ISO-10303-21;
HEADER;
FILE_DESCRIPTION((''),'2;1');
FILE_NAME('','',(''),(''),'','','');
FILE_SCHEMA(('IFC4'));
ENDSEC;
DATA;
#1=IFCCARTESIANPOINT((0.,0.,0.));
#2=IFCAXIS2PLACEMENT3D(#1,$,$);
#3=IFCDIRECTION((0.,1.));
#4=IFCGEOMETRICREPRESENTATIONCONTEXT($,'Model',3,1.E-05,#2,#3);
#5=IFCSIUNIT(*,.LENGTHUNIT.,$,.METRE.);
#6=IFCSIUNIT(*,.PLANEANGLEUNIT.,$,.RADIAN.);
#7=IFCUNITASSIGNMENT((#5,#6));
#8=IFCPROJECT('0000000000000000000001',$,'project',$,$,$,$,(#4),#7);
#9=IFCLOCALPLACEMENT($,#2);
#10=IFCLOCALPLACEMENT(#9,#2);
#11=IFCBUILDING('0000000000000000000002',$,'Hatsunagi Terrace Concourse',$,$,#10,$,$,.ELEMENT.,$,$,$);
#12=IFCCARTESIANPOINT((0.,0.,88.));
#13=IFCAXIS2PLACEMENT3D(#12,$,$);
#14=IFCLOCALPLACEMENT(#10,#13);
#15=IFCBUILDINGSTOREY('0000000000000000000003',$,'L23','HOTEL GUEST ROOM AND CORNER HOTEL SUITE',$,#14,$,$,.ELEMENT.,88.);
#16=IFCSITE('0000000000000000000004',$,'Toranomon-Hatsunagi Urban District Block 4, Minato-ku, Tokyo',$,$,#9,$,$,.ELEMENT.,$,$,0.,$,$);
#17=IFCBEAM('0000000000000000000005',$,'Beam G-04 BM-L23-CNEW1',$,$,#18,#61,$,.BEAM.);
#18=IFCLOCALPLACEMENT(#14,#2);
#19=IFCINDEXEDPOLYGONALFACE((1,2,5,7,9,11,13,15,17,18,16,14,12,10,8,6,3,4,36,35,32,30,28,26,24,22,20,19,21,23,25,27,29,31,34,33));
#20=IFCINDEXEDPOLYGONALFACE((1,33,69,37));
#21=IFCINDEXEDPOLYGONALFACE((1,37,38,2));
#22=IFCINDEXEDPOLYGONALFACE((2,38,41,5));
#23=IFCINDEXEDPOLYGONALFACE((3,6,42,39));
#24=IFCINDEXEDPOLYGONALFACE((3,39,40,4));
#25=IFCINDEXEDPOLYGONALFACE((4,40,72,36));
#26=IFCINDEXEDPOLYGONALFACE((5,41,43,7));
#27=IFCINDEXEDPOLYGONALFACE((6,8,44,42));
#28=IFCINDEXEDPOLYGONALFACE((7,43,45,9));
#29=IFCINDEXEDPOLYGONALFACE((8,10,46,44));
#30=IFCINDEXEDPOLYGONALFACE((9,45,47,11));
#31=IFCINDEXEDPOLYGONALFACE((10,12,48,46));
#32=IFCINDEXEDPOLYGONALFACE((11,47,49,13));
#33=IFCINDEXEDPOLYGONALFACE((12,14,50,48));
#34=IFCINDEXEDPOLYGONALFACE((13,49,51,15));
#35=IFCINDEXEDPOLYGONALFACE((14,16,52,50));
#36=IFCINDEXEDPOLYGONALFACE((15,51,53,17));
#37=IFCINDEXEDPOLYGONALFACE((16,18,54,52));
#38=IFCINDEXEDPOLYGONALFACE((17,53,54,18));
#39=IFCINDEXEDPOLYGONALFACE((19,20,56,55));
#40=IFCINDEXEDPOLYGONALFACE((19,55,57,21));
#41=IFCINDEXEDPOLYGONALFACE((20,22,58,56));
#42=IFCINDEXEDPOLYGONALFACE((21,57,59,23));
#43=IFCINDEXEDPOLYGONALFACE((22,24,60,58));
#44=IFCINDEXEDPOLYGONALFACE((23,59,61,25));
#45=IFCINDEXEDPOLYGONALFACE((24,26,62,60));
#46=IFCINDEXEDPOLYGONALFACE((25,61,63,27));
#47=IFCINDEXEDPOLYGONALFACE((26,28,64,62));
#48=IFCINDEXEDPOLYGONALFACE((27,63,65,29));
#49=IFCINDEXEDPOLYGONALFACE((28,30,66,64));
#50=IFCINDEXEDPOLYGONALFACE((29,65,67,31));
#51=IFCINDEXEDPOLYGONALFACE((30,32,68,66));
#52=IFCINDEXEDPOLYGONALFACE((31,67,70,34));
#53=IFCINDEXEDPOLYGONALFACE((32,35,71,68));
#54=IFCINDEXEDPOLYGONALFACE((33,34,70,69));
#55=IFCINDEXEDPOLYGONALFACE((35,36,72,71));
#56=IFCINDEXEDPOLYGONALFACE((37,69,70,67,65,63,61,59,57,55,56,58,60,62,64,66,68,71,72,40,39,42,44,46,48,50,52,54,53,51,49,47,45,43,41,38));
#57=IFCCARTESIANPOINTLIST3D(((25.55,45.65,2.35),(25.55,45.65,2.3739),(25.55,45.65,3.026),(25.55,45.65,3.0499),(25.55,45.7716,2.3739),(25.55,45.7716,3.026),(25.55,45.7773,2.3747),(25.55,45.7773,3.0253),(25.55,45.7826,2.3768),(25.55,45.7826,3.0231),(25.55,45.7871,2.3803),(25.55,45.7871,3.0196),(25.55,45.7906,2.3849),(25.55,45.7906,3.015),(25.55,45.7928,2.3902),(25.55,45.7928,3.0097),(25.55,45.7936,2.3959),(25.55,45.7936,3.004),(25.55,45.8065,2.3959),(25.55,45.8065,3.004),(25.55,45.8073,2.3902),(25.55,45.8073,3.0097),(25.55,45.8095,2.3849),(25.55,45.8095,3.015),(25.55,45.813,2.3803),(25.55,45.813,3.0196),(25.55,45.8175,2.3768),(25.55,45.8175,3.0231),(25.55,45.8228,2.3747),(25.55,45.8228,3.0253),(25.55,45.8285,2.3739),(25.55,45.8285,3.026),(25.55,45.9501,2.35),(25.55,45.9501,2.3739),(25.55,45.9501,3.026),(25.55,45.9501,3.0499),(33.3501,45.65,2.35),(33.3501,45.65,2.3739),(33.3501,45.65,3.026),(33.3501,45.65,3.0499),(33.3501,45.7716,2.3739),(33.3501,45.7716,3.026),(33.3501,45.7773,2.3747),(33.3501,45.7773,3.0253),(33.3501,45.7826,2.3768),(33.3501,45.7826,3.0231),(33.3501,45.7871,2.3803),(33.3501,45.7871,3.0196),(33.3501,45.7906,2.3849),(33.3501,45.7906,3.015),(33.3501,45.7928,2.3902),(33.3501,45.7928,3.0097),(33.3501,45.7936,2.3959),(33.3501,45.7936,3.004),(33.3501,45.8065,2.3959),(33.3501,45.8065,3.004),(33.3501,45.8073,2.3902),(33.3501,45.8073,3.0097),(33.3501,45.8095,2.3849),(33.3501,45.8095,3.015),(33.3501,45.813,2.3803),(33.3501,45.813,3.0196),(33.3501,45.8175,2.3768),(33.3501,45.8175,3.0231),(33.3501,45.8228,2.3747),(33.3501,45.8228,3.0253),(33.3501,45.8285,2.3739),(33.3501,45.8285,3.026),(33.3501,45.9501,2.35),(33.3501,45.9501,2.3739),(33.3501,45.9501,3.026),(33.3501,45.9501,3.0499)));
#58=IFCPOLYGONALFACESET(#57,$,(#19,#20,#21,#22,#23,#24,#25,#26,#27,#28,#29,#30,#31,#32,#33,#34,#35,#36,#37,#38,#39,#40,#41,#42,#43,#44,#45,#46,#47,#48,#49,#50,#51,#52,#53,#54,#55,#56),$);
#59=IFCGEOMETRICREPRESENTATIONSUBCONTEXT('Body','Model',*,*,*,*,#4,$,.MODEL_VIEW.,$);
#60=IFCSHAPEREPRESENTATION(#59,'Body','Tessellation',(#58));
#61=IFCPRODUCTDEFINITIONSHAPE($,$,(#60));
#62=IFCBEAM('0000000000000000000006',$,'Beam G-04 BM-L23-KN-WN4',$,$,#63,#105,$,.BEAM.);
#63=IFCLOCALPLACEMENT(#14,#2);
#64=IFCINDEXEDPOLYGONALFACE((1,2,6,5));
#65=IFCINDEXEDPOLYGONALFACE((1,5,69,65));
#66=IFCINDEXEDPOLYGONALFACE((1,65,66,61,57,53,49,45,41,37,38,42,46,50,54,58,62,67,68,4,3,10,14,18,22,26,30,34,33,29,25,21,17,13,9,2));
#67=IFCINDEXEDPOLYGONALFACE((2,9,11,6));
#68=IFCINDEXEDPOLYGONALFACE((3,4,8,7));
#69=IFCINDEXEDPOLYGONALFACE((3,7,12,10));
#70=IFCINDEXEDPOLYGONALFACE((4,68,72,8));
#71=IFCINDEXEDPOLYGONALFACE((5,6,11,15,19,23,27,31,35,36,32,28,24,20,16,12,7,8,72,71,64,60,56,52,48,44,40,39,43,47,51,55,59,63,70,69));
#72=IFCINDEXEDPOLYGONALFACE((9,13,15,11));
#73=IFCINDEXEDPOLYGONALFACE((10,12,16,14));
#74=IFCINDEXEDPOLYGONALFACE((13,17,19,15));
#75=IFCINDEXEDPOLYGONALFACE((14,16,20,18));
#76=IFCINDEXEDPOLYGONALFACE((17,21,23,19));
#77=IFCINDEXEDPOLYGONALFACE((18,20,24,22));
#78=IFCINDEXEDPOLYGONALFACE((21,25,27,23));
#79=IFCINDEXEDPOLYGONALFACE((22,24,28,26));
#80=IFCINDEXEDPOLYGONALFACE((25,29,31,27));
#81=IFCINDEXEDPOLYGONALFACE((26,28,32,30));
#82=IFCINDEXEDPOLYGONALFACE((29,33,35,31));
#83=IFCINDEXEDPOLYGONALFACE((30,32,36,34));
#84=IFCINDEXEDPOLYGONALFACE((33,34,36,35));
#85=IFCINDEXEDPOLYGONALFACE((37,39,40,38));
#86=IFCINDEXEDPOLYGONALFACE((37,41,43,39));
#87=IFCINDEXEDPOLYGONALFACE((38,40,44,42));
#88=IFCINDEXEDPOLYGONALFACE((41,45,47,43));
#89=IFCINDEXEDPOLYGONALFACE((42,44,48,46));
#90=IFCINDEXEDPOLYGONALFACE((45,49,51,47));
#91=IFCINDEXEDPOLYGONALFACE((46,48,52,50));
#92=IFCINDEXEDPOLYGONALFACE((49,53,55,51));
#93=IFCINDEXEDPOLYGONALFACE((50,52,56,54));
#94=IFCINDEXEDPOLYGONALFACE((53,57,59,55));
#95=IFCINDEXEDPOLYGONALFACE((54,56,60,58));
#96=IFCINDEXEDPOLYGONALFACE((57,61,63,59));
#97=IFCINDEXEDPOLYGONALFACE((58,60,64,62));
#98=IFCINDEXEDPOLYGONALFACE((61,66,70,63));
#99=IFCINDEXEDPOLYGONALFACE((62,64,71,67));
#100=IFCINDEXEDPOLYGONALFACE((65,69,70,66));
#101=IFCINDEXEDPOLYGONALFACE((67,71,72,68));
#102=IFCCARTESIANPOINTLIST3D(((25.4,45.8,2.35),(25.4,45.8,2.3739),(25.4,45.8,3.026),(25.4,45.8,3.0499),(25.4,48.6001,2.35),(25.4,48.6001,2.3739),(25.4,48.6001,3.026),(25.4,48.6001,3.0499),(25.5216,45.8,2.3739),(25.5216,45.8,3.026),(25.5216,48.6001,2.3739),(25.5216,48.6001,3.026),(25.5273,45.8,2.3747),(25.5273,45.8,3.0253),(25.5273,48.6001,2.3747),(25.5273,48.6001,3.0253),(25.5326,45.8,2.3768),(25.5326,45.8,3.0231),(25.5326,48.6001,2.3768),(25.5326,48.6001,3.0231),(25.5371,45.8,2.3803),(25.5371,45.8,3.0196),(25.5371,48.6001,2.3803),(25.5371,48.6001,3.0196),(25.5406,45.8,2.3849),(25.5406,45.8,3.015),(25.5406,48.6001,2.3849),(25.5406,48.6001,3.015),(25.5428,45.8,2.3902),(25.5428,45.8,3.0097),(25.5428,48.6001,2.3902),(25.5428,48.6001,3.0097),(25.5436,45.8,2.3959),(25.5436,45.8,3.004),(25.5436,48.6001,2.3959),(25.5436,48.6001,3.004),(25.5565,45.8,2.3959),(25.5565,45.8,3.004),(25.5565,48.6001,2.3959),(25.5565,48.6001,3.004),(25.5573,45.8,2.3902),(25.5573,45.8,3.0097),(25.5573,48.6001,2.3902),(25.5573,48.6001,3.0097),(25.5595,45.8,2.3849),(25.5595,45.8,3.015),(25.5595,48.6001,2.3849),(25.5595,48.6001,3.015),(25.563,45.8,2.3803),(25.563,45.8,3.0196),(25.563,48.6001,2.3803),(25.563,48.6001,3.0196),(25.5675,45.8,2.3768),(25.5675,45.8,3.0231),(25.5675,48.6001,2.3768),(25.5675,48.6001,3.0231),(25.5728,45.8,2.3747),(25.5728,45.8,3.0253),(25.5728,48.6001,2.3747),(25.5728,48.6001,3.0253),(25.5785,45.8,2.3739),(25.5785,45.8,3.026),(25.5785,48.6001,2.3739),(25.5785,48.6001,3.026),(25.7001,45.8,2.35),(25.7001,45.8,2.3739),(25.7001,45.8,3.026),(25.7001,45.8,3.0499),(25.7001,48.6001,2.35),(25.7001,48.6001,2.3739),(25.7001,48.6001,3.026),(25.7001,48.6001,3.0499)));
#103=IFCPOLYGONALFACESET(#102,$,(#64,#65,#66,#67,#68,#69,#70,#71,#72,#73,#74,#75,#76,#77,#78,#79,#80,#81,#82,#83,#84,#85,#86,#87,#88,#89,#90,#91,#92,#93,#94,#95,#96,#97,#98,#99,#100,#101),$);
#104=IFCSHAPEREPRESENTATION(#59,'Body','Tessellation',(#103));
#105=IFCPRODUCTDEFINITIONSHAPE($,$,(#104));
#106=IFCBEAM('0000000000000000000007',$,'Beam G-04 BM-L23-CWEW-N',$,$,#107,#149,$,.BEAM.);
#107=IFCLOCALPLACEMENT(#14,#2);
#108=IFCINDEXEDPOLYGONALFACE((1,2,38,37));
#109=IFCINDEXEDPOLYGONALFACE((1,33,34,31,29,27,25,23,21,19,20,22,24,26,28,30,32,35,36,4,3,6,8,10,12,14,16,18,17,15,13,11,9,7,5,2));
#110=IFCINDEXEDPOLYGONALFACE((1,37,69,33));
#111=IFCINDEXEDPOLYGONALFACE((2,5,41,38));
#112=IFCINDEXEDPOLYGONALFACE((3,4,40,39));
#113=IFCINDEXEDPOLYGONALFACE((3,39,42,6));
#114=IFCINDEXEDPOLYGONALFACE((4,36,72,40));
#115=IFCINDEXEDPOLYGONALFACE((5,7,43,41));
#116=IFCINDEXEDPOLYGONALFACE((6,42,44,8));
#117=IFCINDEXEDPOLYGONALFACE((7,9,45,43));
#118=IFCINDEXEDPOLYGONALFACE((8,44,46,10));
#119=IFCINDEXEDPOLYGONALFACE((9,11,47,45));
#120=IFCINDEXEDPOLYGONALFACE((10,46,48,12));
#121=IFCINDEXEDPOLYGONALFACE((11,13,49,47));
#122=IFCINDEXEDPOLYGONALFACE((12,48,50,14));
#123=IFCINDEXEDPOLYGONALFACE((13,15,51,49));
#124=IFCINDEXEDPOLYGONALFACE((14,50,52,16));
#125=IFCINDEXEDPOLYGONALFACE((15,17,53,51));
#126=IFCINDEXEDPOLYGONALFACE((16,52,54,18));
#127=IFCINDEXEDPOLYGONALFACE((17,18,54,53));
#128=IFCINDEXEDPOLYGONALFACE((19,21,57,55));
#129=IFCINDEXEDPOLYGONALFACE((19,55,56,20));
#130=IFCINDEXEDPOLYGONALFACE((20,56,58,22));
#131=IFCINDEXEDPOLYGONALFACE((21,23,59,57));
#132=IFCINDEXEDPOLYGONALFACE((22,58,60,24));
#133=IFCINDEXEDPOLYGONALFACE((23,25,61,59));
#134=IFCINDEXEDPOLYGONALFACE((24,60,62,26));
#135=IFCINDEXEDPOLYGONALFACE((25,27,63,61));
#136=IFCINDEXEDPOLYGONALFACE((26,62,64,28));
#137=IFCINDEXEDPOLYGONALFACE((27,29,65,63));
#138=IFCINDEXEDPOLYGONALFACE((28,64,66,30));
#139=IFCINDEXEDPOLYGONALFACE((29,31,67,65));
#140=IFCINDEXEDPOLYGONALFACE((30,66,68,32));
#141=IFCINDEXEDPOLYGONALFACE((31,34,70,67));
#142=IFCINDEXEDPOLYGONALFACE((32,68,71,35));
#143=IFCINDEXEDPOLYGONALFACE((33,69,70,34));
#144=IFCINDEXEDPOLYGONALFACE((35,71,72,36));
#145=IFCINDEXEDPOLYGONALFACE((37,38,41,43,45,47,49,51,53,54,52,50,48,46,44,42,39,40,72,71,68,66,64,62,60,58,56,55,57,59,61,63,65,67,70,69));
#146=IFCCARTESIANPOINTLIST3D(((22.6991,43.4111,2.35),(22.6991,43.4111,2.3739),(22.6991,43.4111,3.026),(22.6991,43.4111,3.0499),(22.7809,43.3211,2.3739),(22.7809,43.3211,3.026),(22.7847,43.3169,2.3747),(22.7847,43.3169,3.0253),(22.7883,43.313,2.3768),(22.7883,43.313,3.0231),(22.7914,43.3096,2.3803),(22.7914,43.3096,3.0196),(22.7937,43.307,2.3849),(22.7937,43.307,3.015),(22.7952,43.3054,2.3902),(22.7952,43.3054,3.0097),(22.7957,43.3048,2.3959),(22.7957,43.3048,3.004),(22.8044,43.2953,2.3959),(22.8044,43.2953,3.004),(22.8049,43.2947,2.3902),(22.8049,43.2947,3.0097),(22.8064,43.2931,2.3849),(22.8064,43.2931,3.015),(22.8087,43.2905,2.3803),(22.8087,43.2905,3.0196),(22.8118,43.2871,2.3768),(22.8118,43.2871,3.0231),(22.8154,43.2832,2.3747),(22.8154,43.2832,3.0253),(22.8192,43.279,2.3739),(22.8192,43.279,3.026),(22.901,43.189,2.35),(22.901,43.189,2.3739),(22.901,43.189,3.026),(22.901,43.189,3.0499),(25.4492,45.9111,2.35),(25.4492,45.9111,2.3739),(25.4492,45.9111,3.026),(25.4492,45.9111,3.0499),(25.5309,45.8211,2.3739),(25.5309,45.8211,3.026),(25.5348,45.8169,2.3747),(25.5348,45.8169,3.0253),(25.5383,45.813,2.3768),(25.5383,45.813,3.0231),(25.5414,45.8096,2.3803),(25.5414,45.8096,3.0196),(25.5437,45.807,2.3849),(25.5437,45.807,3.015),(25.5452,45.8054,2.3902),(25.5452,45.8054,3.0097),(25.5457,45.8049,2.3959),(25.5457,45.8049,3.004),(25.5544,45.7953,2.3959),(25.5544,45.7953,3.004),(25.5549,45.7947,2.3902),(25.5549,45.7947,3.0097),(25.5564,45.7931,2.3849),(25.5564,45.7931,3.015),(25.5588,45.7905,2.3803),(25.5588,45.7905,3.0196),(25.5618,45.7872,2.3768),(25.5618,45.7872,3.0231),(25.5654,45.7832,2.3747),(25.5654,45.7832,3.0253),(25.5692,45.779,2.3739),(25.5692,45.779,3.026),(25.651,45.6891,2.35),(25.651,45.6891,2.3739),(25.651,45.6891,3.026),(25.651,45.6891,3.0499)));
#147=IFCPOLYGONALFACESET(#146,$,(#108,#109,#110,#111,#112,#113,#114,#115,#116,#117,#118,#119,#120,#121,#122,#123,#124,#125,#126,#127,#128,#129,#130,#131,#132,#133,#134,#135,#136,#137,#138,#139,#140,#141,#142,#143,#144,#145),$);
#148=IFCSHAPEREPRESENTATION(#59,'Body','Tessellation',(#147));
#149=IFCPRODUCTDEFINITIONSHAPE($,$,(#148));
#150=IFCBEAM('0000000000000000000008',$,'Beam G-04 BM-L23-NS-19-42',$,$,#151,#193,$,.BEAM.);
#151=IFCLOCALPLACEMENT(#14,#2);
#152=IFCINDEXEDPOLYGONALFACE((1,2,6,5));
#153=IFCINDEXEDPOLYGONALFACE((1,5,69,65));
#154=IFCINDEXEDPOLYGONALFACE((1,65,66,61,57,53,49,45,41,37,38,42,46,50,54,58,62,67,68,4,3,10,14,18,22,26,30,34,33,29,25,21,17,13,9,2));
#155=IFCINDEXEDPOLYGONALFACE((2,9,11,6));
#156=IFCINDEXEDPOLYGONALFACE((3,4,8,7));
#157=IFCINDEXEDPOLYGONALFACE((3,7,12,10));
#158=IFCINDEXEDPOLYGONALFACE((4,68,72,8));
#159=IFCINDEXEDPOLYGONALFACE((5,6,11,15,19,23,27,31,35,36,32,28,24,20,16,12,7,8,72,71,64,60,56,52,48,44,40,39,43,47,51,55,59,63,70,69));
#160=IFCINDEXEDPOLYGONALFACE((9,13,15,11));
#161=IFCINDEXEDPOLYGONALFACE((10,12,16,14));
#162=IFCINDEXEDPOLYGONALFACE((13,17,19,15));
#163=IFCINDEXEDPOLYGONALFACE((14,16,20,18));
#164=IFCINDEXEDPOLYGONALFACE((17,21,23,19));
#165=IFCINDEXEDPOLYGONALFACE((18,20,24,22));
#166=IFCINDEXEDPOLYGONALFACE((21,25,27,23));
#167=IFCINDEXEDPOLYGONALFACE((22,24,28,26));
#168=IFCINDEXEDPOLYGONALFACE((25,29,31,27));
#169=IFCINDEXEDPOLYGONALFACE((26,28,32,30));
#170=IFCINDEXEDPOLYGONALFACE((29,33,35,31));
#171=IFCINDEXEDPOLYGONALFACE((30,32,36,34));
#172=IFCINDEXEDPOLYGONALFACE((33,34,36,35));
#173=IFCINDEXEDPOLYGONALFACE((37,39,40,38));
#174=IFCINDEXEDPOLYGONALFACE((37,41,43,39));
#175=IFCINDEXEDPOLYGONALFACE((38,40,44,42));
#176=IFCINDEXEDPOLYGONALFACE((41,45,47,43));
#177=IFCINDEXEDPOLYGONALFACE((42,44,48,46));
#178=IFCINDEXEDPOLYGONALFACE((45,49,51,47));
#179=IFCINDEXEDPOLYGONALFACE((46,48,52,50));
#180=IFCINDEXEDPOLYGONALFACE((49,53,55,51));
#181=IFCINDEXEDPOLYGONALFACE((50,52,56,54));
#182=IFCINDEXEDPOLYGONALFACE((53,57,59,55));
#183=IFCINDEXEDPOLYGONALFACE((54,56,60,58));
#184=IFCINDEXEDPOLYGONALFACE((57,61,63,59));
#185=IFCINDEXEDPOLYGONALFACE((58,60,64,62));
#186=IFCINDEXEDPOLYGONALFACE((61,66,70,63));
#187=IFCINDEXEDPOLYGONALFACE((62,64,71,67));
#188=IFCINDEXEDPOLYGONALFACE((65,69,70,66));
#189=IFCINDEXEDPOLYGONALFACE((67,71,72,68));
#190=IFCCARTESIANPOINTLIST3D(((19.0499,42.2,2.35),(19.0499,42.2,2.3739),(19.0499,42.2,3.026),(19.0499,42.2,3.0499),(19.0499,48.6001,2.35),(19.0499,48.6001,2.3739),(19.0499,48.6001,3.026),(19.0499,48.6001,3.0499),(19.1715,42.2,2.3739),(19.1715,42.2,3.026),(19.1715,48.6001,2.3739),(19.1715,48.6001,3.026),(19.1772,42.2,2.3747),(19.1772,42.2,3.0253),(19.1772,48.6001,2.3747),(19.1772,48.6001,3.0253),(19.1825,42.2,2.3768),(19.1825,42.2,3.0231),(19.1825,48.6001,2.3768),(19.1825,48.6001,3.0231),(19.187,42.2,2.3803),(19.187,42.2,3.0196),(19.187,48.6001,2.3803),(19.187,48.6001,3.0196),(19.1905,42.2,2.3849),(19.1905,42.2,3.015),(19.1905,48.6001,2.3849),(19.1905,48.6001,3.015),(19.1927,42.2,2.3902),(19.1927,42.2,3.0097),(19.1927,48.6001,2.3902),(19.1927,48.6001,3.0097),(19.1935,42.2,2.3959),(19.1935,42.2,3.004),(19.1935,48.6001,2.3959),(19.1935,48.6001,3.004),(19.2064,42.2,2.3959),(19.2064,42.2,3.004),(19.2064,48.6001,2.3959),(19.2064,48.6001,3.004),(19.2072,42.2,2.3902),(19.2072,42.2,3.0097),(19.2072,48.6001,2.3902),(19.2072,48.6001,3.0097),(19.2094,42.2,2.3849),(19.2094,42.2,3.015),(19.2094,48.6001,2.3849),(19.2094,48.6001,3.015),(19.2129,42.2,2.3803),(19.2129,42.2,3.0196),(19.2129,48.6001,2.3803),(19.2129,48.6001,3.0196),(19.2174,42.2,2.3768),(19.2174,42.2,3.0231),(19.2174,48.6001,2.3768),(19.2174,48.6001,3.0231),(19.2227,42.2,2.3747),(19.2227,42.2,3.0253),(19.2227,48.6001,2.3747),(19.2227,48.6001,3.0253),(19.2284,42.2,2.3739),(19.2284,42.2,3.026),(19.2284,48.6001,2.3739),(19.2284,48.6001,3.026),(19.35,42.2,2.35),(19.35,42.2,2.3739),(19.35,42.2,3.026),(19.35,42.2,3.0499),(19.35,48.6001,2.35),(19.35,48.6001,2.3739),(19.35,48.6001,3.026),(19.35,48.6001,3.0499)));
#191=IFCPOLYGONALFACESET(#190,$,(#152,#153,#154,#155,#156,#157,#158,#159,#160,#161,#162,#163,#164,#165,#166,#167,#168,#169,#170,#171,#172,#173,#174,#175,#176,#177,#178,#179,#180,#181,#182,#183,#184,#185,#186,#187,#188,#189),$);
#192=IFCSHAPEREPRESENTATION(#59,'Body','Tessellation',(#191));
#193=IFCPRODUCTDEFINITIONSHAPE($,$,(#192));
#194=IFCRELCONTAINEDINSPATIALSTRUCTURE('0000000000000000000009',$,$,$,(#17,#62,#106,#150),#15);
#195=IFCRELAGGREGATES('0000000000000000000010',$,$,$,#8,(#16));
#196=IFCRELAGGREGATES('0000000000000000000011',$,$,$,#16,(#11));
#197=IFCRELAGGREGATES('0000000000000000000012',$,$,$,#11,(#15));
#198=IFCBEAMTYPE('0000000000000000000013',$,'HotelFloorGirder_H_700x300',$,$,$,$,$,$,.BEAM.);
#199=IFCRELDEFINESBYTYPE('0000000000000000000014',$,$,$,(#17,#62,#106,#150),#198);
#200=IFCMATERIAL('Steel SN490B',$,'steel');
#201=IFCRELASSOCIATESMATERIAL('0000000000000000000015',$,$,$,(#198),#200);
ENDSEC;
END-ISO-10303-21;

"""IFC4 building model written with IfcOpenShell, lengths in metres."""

from ifc_helpers import new_model, si_unit, direction, frame, origin, origin_2d, place, context, subcontext, project, spatial, i_section, extrude, material, material_profile, profile_set, type_object, element, save


model = new_model("IFC4")

# Units and contexts
model_context = context("Model", 3, precision=1e-05, world=origin(), true_north=direction((0.0, 1.0)))
body_context = subcontext(model_context, "Body", "Model", "MODEL_VIEW")
ifc_project = project(units=[si_unit("LENGTHUNIT", "METRE"), si_unit("PLANEANGLEUNIT", "RADIAN")], contexts=[model_context])

# Site, building, storey
site_placement = place(None, origin())
site = spatial("IfcSite", under=ifc_project, at=site_placement, Name="Toranomon-Hatsunagi Urban District Block 4, Minato-ku, Tokyo", CompositionType="ELEMENT", RefElevation=0.0)
building_placement = place(site_placement, origin())
building = spatial("IfcBuilding", under=site, at=building_placement, Name="Hatsunagi Terrace Concourse", CompositionType="ELEMENT")
storey_placement = place(building_placement, frame((0.0, 0.0, 88.0)))
storey = spatial("IfcBuildingStorey", under=building, at=storey_placement, Name="L23", Description="HOTEL GUEST ROOM AND CORNER HOTEL SUITE", CompositionType="ELEMENT", Elevation=88.0)

# Beams
ifc_material_1 = material(Name="Steel SN490B", Category="steel")
ifc_material_profile_1 = material_profile(ifc_material_1, i_section(OverallWidth=0.3, OverallDepth=0.7, WebThickness=0.0129, FlangeThickness=0.0239, FilletRadius=0.022, at=origin_2d()), Name="H-700x300x13x24")
ifc_profile_set_1 = profile_set([ifc_material_profile_1], Name="Steel SN490B")
beam_type_1 = type_object("IfcBeamType", Name="HotelFloorGirder_H_700x300", PredefinedType="BEAM", material=ifc_profile_set_1)
beam_1_placement = place(storey_placement, frame((25.55, 45.8, 2.7), z_axis=(1.0, 0.0, 0.0), x_axis=(0.0, 1.0, 0.0)))
element("IfcBeam", 1, at=beam_1_placement, inside=storey, type_object=beam_type_1, Name="Beam G-04 BM-L23-CNEW1", PredefinedType="BEAM", context=body_context, shape_type="SweptSolid", body=[
    extrude(i_section(OverallWidth=0.3, OverallDepth=0.7, WebThickness=0.0129, FlangeThickness=0.0239, FilletRadius=0.022, at=origin_2d()), origin(), (0.0, 0.0, 1.0), 7.8),
])
beam_2_placement = place(storey_placement, frame((25.55, 45.8, 2.7), z_axis=(0.0, 1.0, 0.0), x_axis=(-1.0, 0.0, 0.0)))
element("IfcBeam", 2, at=beam_2_placement, inside=storey, type_object=beam_type_1, Name="Beam G-04 BM-L23-KN-WN4", PredefinedType="BEAM", context=body_context, shape_type="SweptSolid", body=[
    extrude(i_section(OverallWidth=0.3, OverallDepth=0.7, WebThickness=0.0129, FlangeThickness=0.0239, FilletRadius=0.022, at=origin_2d()), origin(), (0.0, 0.0, 1.0), 2.8),
])
beam_3_placement = place(storey_placement, frame((22.8, 43.3, 2.7), z_axis=(0.73994, 0.672673, 0.0), x_axis=(-0.672673, 0.73994, 0.0)))
element("IfcBeam", 3, at=beam_3_placement, inside=storey, type_object=beam_type_1, Name="Beam G-04 BM-L23-CWEW-N", PredefinedType="BEAM", context=body_context, shape_type="SweptSolid", body=[
    extrude(i_section(OverallWidth=0.3, OverallDepth=0.7, WebThickness=0.0129, FlangeThickness=0.0239, FilletRadius=0.022, at=origin_2d()), origin(), (0.0, 0.0, 1.0), 3.7166),
])
beam_4_placement = place(storey_placement, frame((19.2, 42.2, 2.7), z_axis=(0.0, 1.0, 0.0), x_axis=(-1.0, 0.0, 0.0)))
element("IfcBeam", 4, at=beam_4_placement, inside=storey, type_object=beam_type_1, Name="Beam G-04 BM-L23-NS-19-42", PredefinedType="BEAM", context=body_context, shape_type="SweptSolid", body=[
    extrude(i_section(OverallWidth=0.3, OverallDepth=0.7, WebThickness=0.0129, FlangeThickness=0.0239, FilletRadius=0.022, at=origin_2d()), origin(), (0.0, 0.0, 1.0), 6.4001),
])

save(model, "model.ifc")
